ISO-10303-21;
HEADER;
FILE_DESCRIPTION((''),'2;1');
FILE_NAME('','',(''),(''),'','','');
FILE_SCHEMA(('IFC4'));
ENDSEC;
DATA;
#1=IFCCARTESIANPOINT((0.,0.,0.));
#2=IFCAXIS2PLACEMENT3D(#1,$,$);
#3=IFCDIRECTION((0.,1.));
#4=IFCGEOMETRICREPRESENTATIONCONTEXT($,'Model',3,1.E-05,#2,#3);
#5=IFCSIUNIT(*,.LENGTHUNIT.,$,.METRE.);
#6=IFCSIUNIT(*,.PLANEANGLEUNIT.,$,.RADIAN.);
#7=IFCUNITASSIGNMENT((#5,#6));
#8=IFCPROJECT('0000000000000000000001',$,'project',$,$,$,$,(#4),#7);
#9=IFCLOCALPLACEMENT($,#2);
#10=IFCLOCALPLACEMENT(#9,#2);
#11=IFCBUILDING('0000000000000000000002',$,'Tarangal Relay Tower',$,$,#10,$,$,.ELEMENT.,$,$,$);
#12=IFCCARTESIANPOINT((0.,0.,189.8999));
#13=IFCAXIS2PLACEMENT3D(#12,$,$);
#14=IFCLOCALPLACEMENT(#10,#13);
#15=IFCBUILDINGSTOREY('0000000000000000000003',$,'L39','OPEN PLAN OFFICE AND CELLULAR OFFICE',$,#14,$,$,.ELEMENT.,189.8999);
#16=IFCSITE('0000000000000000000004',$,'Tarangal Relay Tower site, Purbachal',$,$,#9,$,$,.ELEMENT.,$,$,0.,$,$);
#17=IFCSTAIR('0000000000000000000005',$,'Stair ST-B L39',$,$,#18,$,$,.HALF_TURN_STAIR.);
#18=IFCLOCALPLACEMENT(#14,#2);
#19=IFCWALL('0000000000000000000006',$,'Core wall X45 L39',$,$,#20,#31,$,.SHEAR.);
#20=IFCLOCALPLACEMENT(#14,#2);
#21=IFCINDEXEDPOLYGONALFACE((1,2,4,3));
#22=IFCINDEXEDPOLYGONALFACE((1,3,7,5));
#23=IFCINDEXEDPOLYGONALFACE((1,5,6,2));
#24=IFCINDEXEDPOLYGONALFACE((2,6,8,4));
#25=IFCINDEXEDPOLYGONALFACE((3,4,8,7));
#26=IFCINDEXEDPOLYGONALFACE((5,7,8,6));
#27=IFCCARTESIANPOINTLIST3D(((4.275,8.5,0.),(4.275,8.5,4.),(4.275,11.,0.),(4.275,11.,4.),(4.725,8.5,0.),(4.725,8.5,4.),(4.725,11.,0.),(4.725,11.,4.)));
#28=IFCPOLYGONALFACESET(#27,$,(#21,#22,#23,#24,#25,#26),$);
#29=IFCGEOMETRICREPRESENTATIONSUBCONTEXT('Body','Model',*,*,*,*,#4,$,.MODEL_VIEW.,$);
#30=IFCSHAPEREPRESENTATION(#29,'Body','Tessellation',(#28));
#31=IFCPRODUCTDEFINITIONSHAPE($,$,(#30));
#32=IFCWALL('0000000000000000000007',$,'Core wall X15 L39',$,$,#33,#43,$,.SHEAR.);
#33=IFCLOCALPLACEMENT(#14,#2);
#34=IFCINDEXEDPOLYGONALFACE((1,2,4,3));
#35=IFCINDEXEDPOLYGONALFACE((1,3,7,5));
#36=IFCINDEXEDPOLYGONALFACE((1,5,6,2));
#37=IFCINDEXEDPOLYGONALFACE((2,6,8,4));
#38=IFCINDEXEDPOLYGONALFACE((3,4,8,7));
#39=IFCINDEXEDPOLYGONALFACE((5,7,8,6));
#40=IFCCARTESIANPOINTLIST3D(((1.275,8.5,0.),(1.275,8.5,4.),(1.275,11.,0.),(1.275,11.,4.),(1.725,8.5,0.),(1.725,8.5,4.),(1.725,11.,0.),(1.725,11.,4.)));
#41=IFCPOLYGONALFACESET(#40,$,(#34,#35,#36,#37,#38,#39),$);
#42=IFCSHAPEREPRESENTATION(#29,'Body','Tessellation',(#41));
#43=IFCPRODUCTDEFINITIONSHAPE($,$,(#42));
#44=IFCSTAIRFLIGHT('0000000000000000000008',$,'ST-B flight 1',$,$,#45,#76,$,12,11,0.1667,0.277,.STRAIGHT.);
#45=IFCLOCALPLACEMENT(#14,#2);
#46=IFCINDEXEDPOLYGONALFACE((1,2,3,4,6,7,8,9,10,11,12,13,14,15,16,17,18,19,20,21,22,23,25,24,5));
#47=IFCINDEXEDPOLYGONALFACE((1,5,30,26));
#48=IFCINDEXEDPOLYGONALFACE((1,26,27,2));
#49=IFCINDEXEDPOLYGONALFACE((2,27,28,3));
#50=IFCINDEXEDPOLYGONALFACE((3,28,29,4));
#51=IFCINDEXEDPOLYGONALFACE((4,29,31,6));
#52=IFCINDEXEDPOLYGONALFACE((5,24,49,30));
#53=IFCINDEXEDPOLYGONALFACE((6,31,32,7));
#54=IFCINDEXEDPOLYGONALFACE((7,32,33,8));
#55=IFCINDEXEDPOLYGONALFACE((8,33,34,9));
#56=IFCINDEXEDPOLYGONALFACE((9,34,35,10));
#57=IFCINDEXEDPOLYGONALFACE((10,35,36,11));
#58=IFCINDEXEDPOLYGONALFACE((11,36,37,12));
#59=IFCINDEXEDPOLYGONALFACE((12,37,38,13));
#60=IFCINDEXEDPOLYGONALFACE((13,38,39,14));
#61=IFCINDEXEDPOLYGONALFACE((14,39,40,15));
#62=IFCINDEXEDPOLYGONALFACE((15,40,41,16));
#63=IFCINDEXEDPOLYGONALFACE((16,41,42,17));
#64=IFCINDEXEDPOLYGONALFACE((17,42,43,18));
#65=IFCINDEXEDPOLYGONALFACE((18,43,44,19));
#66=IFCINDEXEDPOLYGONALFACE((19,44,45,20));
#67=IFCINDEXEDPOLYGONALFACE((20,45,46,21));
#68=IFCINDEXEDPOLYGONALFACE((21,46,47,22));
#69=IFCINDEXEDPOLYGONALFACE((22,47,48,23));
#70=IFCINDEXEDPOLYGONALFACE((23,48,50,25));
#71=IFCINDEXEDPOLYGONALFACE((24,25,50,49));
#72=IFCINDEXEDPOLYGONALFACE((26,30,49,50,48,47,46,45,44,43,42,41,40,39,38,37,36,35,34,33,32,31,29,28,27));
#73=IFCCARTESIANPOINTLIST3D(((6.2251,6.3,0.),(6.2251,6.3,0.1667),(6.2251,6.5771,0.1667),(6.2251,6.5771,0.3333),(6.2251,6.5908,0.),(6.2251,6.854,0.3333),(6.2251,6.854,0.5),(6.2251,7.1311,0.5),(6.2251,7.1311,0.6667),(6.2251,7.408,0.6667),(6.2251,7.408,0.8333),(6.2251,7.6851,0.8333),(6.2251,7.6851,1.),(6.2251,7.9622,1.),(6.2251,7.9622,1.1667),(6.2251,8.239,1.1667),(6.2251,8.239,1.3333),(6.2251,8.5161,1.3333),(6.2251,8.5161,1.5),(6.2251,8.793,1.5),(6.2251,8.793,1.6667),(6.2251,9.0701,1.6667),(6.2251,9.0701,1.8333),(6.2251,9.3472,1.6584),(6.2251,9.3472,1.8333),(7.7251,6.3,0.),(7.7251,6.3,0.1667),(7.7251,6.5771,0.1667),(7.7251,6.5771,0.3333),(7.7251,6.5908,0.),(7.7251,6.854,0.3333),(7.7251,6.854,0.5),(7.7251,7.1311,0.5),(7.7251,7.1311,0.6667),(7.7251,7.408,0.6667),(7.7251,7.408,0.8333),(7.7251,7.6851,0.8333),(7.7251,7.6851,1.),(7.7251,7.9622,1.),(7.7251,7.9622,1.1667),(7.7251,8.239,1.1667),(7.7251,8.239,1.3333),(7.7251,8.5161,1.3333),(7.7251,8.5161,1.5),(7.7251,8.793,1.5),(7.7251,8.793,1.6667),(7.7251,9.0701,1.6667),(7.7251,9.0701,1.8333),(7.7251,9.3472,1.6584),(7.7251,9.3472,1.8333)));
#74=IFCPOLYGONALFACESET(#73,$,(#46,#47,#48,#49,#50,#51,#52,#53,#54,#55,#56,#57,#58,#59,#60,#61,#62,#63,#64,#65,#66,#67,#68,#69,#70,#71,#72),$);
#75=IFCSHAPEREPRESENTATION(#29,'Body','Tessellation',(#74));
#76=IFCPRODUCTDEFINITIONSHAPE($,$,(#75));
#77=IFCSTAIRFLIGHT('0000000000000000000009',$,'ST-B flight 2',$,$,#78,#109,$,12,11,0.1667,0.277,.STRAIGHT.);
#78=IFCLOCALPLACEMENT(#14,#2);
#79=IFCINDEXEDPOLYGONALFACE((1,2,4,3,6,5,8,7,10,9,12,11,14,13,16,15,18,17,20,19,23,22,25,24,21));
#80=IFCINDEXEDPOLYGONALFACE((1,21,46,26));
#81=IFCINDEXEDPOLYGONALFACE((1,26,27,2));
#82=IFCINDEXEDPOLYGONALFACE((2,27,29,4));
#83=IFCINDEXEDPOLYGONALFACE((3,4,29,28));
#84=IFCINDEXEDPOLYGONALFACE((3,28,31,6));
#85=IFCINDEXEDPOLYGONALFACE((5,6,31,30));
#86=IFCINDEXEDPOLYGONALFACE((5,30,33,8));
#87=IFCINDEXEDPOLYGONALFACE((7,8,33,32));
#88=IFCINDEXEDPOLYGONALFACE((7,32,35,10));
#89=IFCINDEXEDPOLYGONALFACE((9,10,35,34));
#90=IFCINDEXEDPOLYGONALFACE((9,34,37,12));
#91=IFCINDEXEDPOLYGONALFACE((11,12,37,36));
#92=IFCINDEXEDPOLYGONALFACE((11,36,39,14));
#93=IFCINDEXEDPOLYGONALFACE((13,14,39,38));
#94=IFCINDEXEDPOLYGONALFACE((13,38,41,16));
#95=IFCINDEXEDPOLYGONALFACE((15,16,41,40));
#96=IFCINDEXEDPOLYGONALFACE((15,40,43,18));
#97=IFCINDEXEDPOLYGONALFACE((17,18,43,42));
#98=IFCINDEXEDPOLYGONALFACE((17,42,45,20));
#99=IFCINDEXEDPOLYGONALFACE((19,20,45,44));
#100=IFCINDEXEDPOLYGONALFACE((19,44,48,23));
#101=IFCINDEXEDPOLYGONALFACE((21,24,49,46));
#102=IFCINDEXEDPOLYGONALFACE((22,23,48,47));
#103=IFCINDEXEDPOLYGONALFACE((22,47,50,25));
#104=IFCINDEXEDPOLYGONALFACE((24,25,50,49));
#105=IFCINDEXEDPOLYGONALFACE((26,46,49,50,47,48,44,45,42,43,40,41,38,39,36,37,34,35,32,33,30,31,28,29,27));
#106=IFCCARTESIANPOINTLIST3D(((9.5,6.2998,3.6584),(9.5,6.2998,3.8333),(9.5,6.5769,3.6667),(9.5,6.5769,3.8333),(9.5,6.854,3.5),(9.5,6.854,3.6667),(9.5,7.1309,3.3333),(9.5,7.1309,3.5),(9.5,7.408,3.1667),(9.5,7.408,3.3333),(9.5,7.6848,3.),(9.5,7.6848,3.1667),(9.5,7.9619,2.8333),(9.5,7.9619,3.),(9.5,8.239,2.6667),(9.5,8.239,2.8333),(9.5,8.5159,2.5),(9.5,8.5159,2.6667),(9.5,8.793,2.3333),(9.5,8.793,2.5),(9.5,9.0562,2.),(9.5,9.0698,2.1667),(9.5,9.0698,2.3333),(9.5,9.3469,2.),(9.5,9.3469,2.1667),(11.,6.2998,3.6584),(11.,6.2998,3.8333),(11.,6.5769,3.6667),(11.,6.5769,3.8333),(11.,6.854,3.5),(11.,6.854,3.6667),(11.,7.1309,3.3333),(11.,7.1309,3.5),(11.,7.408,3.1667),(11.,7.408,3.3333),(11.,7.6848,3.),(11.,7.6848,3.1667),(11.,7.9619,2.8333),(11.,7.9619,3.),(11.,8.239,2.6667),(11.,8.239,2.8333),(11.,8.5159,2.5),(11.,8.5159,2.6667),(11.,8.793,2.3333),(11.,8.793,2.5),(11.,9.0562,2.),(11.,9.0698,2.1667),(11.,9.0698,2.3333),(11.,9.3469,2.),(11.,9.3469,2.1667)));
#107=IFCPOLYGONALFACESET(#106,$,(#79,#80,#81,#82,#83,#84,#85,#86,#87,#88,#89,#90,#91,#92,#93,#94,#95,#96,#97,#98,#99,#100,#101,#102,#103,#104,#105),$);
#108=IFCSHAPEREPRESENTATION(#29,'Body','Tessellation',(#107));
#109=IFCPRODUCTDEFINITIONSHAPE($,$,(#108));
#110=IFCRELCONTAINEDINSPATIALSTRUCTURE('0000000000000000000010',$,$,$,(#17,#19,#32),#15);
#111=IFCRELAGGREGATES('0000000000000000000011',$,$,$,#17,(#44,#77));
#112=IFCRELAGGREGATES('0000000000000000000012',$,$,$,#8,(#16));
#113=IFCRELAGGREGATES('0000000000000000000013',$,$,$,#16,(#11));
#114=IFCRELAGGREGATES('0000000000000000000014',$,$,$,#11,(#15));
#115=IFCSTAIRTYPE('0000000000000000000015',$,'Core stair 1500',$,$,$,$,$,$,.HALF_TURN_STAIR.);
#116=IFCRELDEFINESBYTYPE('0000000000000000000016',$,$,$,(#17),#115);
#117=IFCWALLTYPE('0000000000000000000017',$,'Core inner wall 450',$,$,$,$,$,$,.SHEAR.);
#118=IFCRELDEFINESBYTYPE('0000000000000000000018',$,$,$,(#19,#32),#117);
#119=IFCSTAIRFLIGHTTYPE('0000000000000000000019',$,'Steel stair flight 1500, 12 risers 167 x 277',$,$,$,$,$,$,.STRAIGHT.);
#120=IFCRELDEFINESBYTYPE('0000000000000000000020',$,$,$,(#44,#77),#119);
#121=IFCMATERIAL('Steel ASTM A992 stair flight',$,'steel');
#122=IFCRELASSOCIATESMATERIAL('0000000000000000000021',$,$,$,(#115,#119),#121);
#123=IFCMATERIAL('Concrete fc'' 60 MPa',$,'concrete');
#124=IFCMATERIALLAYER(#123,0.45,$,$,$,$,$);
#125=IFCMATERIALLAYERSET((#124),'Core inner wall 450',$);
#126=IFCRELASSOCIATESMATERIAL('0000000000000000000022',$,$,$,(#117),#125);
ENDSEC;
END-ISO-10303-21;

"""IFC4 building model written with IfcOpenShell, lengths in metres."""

from ifc_helpers import new_model, si_unit, direction, frame, frame_2d, origin, place, context, subcontext, project, spatial, polyline, rectangle, outline, extrude, material, layer, layer_set, type_object, element, aggregate, save


model = new_model("IFC4")

# Units and contexts
model_context = context("Model", 3, precision=1e-05, world=origin(), true_north=direction((0.0, 1.0)))
body_context = subcontext(model_context, "Body", "Model", "MODEL_VIEW")
ifc_project = project(units=[si_unit("LENGTHUNIT", "METRE"), si_unit("PLANEANGLEUNIT", "RADIAN")], contexts=[model_context])

# Site, building, storey
site_placement = place(None, origin())
site = spatial("IfcSite", under=ifc_project, at=site_placement, Name="Tarangal Relay Tower site, Purbachal", CompositionType="ELEMENT", RefElevation=0.0)
building_placement = place(site_placement, origin())
building = spatial("IfcBuilding", under=site, at=building_placement, Name="Tarangal Relay Tower", CompositionType="ELEMENT")
storey_placement = place(building_placement, frame((0.0, 0.0, 189.8999)))
storey = spatial("IfcBuildingStorey", under=building, at=storey_placement, Name="L39", Description="OPEN PLAN OFFICE AND CELLULAR OFFICE", CompositionType="ELEMENT", Elevation=189.8999)

# Stair
ifc_material_1 = material(Name="Steel ASTM A992 stair flight", Category="steel")
stair_type = type_object("IfcStairType", Name="Core stair 1500", PredefinedType="HALF_TURN_STAIR", material=ifc_material_1)
stair_1_placement = place(storey_placement, origin())
stair_1 = element("IfcStair", 1, at=stair_1_placement, inside=storey, type_object=stair_type, Name="Stair ST-B L39", PredefinedType="HALF_TURN_STAIR")

# Shared definitions
ifc_material_2 = material(Name="Concrete fc' 60 MPa", Category="concrete")
ifc_layer_1 = layer(ifc_material_2, 0.45)
ifc_layer_set_1 = layer_set([ifc_layer_1], Name="Core inner wall 450")
wall_type = type_object("IfcWallType", Name="Core inner wall 450", PredefinedType="SHEAR", material=ifc_layer_set_1)

# Walls
for number, where, z_axis, x_axis, name in (
    (2, (4.5, 8.5, 0.0), (0.0, 0.0, 1.0), (0.0, 1.0, 0.0), "Core wall X45 L39"),
    (3, (1.5, 8.5, 0.0), (0.0, 0.0, 1.0), (0.0, 1.0, 0.0), "Core wall X15 L39"),
):
    element("IfcWall", number, at=place(storey_placement, frame(where, z_axis=z_axis, x_axis=x_axis)), inside=storey, type_object=wall_type, Name=name, PredefinedType="SHEAR", context=body_context, shape_type="SweptSolid", body=[
        extrude(rectangle(XDim=2.5, YDim=0.45, at=frame_2d((1.25, 0.0))), origin(), (0.0, 0.0, 1.0), 4.0),
    ])

# Stair flights
stair_flight_type = type_object("IfcStairFlightType", Name="Steel stair flight 1500, 12 risers 167 x 277", PredefinedType="STRAIGHT", material=ifc_material_1)
stair_flight_1_placement = place(storey_placement, frame((6.9751, 6.3, 0.0), z_axis=(0.0, 0.0, 1.0), x_axis=(0.0, 1.0, 0.0)))
stair_flight_1 = element("IfcStairFlight", 4, at=stair_flight_1_placement, type_object=stair_flight_type, Name="ST-B flight 1", NumberOfRisers=12, NumberOfTreads=11, PredefinedType="STRAIGHT", RiserHeight=0.1667, TreadLength=0.277, context=body_context, shape_type="SweptSolid", body=[
    extrude(outline(polyline([(0.0, 0.0), (0.0, 0.1667), (0.2771, 0.1667), (0.2771, 0.3333), (0.554, 0.3333), (0.554, 0.5), (0.8311, 0.5), (0.8311, 0.6667), (1.1079, 0.6667), (1.1079, 0.8333), (1.385, 0.8333), (1.385, 1.0), (1.6621, 1.0), (1.6621, 1.1667), (1.939, 1.1667), (1.939, 1.3333), (2.2161, 1.3333), (2.2161, 1.5), (2.4929, 1.5), (2.4929, 1.6667), (2.77, 1.6667), (2.77, 1.8333), (3.0471, 1.8333), (3.0471, 2.0), (3.0471, 1.6584), (0.2908, 0.0), (0.0, 0.0)])), frame((0.0, 0.75, 0.0), z_axis=(0.0, -1.0, 0.0), x_axis=(1.0, 0.0, 0.0)), (0.0, 0.0, 1.0), 1.5),
])
stair_flight_2_placement = place(storey_placement, frame((10.25, 9.3469, 2.0), z_axis=(0.0, 0.0, 1.0), x_axis=(0.0, -1.0, 0.0)))
stair_flight_2 = element("IfcStairFlight", 5, at=stair_flight_2_placement, type_object=stair_flight_type, Name="ST-B flight 2", NumberOfRisers=12, NumberOfTreads=11, PredefinedType="STRAIGHT", RiserHeight=0.1667, TreadLength=0.277, context=body_context, shape_type="SweptSolid", body=[
    extrude(outline(polyline([(0.0, 0.0), (0.0, 0.1667), (0.2771, 0.1667), (0.2771, 0.3333), (0.554, 0.3333), (0.554, 0.5), (0.8311, 0.5), (0.8311, 0.6667), (1.1079, 0.6667), (1.1079, 0.8333), (1.385, 0.8333), (1.385, 1.0), (1.6621, 1.0), (1.6621, 1.1667), (1.939, 1.1667), (1.939, 1.3333), (2.2161, 1.3333), (2.2161, 1.5), (2.4929, 1.5), (2.4929, 1.6667), (2.77, 1.6667), (2.77, 1.8333), (3.0471, 1.8333), (3.0471, 2.0), (3.0471, 1.6584), (0.2908, 0.0), (0.0, 0.0)])), frame((0.0, 0.75, 0.0), z_axis=(0.0, -1.0, 0.0), x_axis=(1.0, 0.0, 0.0)), (0.0, 0.0, 1.0), 1.5),
])
aggregate(stair_1, [stair_flight_1, stair_flight_2])

save(model, "model.ifc")
